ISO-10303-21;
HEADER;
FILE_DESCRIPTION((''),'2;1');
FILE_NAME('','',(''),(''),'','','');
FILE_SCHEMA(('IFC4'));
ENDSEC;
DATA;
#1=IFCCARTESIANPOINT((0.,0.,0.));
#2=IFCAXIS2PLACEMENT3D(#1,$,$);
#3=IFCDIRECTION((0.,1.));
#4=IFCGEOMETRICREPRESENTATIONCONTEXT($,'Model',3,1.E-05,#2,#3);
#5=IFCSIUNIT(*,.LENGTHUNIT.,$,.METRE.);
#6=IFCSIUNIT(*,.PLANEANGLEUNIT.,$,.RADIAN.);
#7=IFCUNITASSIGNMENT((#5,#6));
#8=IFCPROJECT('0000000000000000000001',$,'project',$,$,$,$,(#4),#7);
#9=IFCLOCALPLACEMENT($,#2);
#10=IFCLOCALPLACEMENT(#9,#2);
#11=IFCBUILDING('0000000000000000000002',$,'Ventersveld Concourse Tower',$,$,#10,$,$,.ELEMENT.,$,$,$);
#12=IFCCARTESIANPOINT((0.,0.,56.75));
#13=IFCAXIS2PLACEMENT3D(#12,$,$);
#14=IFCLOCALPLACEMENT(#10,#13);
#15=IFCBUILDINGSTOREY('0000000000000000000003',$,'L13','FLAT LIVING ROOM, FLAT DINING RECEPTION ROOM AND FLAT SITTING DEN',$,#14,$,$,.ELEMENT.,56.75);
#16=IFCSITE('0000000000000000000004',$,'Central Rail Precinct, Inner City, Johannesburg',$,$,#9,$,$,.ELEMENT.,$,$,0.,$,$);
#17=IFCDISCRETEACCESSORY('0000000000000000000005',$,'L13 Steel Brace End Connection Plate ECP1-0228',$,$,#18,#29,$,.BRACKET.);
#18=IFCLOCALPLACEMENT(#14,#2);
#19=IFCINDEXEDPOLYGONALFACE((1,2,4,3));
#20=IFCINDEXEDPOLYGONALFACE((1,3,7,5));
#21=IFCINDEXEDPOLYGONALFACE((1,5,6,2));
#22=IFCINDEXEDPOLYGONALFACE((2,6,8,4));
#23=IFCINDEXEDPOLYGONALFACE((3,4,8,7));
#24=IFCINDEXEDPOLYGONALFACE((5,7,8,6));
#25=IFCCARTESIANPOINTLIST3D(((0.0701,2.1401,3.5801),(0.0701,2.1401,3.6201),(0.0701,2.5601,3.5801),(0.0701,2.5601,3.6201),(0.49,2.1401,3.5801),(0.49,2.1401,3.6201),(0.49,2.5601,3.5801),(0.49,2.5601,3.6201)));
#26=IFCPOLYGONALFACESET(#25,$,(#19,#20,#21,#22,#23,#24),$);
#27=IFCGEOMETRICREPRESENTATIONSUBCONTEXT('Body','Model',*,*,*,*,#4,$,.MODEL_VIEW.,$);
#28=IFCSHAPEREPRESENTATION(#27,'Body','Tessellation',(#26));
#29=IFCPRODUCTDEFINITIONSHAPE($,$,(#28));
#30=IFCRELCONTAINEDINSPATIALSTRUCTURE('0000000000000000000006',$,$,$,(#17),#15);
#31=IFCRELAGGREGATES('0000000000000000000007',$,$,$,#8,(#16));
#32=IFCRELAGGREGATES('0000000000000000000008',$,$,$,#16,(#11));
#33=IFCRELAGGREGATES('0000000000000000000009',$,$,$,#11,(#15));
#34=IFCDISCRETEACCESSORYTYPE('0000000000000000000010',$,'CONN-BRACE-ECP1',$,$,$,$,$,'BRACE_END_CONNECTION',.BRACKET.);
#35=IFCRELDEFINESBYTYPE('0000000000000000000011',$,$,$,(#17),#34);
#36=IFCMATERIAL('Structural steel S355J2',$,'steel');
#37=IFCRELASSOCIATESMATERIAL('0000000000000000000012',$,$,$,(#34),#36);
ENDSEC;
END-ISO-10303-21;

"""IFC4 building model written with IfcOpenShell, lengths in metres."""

from ifc_helpers import new_model, si_unit, direction, frame, origin, origin_2d, place, context, subcontext, project, spatial, rectangle, extrude, material, type_object, element, save


model = new_model("IFC4")

# Units and contexts
model_context = context("Model", 3, precision=1e-05, world=origin(), true_north=direction((0.0, 1.0)))
body_context = subcontext(model_context, "Body", "Model", "MODEL_VIEW")
ifc_project = project(units=[si_unit("LENGTHUNIT", "METRE"), si_unit("PLANEANGLEUNIT", "RADIAN")], contexts=[model_context])

# Site, building, storey
site_placement = place(None, origin())
site = spatial("IfcSite", under=ifc_project, at=site_placement, Name="Central Rail Precinct, Inner City, Johannesburg", CompositionType="ELEMENT", RefElevation=0.0)
building_placement = place(site_placement, origin())
building = spatial("IfcBuilding", under=site, at=building_placement, Name="Ventersveld Concourse Tower", CompositionType="ELEMENT")
storey_placement = place(building_placement, frame((0.0, 0.0, 56.75)))
storey = spatial("IfcBuildingStorey", under=building, at=storey_placement, Name="L13", Description="FLAT LIVING ROOM, FLAT DINING RECEPTION ROOM AND FLAT SITTING DEN", CompositionType="ELEMENT", Elevation=56.75)

# Shared definitions
ifc_material_1 = material(Name="Structural steel S355J2", Category="steel")

# Discrete accessory
discrete_accessory_type = type_object("IfcDiscreteAccessoryType", Name="CONN-BRACE-ECP1", ElementType="BRACE_END_CONNECTION", PredefinedType="BRACKET", material=ifc_material_1)
discrete_accessory_placement = place(storey_placement, frame((0.28, 2.3501, 3.5801), z_axis=(0.0, 0.0, 1.0), x_axis=(1.0, 0.0, 0.0)))
element("IfcDiscreteAccessory", 1, at=discrete_accessory_placement, inside=storey, type_object=discrete_accessory_type, Name="L13 Steel Brace End Connection Plate ECP1-0228", PredefinedType="BRACKET", context=body_context, shape_type="SweptSolid", body=[
    extrude(rectangle(XDim=0.4199, YDim=0.4199, at=origin_2d()), origin(), (0.0, 0.0, 1.0), 0.04),
])

save(model, "model.ifc")
